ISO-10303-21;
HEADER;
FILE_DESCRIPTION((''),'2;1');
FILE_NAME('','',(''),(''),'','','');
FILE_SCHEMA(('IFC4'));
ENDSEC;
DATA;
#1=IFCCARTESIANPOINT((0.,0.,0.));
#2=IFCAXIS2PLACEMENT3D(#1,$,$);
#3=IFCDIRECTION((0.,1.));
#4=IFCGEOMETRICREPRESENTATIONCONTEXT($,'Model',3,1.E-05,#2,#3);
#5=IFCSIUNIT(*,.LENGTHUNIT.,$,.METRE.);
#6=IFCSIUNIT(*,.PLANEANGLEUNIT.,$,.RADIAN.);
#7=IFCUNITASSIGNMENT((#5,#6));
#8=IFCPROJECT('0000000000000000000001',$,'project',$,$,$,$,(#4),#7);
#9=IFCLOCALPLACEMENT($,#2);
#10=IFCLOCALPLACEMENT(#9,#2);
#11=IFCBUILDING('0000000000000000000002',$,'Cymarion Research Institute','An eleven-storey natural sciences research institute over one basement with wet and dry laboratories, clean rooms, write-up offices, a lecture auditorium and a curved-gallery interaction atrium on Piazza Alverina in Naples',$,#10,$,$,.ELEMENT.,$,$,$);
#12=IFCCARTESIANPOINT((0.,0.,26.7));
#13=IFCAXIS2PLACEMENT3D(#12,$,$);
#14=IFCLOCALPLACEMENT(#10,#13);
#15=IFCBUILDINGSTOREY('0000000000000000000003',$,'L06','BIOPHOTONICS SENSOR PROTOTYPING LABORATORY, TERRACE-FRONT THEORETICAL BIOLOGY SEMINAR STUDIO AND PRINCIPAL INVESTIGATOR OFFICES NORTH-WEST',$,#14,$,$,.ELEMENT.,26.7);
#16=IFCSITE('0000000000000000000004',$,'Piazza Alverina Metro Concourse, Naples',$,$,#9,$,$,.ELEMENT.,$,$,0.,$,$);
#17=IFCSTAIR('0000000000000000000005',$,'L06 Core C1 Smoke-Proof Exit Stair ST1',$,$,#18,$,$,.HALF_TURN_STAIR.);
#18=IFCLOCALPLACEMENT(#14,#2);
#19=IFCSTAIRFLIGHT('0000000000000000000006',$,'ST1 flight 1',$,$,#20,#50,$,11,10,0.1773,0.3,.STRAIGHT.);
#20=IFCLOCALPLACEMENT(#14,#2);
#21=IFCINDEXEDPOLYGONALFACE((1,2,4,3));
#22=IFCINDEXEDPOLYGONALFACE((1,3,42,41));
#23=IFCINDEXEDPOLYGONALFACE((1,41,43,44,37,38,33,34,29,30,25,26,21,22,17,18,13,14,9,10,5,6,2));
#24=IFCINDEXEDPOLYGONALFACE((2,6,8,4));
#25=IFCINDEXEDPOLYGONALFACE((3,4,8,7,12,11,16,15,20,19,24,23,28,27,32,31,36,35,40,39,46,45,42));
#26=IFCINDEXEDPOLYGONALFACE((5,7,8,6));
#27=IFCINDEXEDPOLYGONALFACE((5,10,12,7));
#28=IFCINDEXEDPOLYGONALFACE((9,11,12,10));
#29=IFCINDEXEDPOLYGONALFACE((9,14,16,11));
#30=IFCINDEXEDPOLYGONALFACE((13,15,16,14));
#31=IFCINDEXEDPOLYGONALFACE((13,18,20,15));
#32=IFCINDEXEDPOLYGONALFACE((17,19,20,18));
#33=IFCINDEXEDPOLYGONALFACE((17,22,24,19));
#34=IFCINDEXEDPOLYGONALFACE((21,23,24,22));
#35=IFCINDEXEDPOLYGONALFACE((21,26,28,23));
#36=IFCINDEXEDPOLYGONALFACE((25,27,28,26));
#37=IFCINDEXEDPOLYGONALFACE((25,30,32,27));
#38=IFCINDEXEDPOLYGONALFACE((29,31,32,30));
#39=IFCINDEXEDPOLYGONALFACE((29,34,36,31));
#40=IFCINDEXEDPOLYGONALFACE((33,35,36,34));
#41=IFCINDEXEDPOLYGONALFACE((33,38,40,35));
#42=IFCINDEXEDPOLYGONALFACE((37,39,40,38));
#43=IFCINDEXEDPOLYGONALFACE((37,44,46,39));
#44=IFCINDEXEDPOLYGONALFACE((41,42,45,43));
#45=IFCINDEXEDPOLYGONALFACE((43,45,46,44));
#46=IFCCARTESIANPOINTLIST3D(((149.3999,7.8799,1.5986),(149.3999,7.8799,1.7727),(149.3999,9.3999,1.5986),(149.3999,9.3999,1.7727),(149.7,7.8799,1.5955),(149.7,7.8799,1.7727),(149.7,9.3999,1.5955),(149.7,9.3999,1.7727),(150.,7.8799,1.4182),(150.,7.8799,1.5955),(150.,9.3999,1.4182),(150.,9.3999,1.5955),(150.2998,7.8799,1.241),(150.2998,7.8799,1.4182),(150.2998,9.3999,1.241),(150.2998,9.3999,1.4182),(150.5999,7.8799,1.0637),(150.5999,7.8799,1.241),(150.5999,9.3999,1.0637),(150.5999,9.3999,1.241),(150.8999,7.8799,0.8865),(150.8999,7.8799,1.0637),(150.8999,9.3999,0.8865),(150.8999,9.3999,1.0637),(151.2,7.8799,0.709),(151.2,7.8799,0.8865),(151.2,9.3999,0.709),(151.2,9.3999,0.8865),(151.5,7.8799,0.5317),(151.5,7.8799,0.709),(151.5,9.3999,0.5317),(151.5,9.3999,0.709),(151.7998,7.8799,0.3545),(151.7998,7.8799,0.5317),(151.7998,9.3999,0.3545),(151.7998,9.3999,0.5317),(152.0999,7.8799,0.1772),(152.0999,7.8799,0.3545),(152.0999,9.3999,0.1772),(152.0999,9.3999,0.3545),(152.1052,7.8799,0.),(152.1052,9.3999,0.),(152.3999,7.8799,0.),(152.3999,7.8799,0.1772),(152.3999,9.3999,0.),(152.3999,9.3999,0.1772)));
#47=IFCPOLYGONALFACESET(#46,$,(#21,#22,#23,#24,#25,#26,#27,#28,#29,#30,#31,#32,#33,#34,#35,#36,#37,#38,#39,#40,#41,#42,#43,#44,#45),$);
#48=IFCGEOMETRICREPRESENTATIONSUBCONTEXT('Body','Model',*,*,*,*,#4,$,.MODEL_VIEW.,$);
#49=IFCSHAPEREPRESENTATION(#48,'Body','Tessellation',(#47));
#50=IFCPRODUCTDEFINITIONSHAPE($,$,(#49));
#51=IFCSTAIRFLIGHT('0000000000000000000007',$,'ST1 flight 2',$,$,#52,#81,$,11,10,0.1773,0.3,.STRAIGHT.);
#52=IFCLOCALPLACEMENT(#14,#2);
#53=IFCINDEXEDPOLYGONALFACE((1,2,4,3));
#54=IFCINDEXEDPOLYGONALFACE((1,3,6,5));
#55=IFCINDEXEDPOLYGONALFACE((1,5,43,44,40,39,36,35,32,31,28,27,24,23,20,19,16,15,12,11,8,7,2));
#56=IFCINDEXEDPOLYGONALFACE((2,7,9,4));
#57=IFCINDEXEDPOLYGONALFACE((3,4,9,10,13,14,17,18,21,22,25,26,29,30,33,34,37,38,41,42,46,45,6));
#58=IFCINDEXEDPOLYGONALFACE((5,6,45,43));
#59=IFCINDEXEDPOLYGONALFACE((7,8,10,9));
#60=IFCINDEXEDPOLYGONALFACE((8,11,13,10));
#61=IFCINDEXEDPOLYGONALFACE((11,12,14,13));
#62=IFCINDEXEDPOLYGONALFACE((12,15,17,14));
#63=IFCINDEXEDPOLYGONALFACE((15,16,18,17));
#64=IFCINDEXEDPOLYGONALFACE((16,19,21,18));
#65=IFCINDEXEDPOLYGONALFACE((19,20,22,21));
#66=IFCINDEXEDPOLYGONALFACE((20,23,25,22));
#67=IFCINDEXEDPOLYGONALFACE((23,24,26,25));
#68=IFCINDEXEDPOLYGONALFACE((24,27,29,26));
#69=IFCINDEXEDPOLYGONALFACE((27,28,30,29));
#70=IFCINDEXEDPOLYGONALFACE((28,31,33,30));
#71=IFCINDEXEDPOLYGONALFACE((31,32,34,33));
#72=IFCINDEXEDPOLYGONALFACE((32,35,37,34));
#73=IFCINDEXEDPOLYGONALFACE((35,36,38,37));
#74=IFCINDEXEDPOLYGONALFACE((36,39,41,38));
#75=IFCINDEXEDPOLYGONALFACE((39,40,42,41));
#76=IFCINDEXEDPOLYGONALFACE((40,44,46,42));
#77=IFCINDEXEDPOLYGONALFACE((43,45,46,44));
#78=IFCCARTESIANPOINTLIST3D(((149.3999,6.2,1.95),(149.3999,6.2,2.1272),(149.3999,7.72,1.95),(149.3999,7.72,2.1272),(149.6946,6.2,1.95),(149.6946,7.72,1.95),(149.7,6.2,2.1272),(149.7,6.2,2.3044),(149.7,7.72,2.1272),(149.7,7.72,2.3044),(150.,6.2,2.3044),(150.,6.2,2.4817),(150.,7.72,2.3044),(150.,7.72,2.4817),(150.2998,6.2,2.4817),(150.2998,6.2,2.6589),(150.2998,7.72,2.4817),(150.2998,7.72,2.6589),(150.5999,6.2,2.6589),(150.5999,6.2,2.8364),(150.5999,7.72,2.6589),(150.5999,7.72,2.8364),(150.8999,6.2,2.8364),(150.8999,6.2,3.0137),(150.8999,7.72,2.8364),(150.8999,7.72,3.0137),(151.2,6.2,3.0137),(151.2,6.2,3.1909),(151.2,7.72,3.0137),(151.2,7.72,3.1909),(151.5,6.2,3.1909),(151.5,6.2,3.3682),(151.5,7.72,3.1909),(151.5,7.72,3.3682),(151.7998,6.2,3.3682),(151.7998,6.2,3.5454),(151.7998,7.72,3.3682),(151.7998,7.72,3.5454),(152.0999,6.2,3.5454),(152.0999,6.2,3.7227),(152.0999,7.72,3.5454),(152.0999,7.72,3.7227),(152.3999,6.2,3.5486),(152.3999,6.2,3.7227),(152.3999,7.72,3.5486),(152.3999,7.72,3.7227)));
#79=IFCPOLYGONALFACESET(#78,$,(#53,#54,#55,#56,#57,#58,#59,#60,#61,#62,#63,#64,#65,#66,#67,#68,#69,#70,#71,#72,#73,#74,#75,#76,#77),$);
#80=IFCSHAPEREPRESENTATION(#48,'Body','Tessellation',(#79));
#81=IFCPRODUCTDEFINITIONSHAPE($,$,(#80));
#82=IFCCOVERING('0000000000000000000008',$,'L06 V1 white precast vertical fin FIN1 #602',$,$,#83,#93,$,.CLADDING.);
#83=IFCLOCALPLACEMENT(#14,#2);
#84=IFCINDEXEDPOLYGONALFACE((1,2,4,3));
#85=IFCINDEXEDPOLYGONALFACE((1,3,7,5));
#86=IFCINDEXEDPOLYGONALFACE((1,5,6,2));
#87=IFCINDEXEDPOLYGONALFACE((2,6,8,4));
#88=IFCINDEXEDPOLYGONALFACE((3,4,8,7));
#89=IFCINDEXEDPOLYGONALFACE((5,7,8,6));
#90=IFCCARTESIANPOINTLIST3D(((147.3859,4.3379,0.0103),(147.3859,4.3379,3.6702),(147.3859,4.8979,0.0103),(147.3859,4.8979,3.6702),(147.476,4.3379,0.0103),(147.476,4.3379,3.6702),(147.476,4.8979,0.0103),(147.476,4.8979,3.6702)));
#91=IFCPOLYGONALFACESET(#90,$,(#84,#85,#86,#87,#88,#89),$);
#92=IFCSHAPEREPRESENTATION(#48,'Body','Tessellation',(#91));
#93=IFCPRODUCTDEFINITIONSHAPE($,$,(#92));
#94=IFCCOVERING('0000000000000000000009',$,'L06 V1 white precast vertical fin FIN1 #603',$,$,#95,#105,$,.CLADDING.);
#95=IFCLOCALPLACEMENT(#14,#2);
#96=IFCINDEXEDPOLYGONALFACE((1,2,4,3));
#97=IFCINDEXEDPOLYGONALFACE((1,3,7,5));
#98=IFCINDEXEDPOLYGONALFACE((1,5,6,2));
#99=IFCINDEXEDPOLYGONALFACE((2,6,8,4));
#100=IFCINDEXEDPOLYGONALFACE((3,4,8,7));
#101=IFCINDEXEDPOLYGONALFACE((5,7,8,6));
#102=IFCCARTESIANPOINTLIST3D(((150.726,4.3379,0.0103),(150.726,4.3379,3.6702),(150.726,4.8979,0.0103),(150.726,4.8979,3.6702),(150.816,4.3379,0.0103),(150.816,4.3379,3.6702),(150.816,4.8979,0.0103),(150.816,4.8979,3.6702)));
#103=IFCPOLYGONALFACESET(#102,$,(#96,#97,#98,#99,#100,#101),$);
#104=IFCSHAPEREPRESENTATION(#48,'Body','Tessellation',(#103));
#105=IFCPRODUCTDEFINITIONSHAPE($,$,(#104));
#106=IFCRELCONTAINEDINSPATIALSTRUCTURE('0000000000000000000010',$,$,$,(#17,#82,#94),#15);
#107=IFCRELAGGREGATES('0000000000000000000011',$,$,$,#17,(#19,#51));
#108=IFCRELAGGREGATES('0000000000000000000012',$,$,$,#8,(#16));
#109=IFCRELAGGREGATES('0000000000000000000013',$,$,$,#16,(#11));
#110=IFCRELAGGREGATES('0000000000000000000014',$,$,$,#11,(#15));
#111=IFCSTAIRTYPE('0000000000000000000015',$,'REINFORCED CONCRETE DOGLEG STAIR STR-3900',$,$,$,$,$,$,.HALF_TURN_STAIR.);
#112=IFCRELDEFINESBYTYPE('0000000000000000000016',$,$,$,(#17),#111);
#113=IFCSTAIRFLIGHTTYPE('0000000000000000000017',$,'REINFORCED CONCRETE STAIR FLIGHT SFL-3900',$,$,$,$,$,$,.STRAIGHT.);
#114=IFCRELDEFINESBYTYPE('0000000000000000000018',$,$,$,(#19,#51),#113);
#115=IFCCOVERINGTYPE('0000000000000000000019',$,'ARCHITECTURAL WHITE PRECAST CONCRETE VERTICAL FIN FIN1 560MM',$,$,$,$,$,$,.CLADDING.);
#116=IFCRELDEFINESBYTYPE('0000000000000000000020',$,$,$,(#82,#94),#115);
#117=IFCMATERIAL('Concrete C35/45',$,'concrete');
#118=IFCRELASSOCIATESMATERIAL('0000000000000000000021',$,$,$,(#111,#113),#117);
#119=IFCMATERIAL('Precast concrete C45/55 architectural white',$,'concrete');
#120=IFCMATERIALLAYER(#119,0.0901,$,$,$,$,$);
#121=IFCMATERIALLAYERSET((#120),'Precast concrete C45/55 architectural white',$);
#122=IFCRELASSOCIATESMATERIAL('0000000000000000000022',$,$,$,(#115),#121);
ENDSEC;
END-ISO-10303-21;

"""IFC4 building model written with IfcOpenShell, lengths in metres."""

from ifc_helpers import new_model, si_unit, direction, frame, origin, origin_2d, place, context, subcontext, project, spatial, polyline, rectangle, outline, extrude, material, layer, layer_set, type_object, element, aggregate, save


model = new_model("IFC4")

# Units and contexts
model_context = context("Model", 3, precision=1e-05, world=origin(), true_north=direction((0.0, 1.0)))
body_context = subcontext(model_context, "Body", "Model", "MODEL_VIEW")
ifc_project = project(units=[si_unit("LENGTHUNIT", "METRE"), si_unit("PLANEANGLEUNIT", "RADIAN")], contexts=[model_context])

# Site, building, storey
site_placement = place(None, origin())
site = spatial("IfcSite", under=ifc_project, at=site_placement, Name="Piazza Alverina Metro Concourse, Naples", CompositionType="ELEMENT", RefElevation=0.0)
building_placement = place(site_placement, origin())
building = spatial("IfcBuilding", under=site, at=building_placement, Name="Cymarion Research Institute", Description="An eleven-storey natural sciences research institute over one basement with wet and dry laboratories, clean rooms, write-up offices, a lecture auditorium and a curved-gallery interaction atrium on Piazza Alverina in Naples", CompositionType="ELEMENT")
storey_placement = place(building_placement, frame((0.0, 0.0, 26.7)))
storey = spatial("IfcBuildingStorey", under=building, at=storey_placement, Name="L06", Description="BIOPHOTONICS SENSOR PROTOTYPING LABORATORY, TERRACE-FRONT THEORETICAL BIOLOGY SEMINAR STUDIO AND PRINCIPAL INVESTIGATOR OFFICES NORTH-WEST", CompositionType="ELEMENT", Elevation=26.7)

# Stair, stair flights
ifc_material_1 = material(Name="Concrete C35/45", Category="concrete")
stair_type = type_object("IfcStairType", Name="REINFORCED CONCRETE DOGLEG STAIR STR-3900", PredefinedType="HALF_TURN_STAIR", material=ifc_material_1)
stair_placement = place(storey_placement, origin())
stair = element("IfcStair", 1, at=stair_placement, inside=storey, type_object=stair_type, Name="L06 Core C1 Smoke-Proof Exit Stair ST1", PredefinedType="HALF_TURN_STAIR")
stair_flight_type = type_object("IfcStairFlightType", Name="REINFORCED CONCRETE STAIR FLIGHT SFL-3900", PredefinedType="STRAIGHT", material=ifc_material_1)
stair_flight_1_placement = place(storey_placement, frame((152.3999, 8.6399, 0.0), z_axis=(0.0, 0.0, 1.0), x_axis=(-1.0, 0.0, 0.0)))
stair_flight_1 = element("IfcStairFlight", 2, at=stair_flight_1_placement, type_object=stair_flight_type, Name="ST1 flight 1", NumberOfRisers=11, NumberOfTreads=10, PredefinedType="STRAIGHT", RiserHeight=0.1773, TreadLength=0.3, context=body_context, shape_type="SweptSolid", body=[
    extrude(outline(polyline([(0.0, 0.0), (0.0, 0.1772), (0.3, 0.1772), (0.3, 0.3545), (0.6001, 0.3545), (0.6001, 0.5317), (0.8999, 0.5317), (0.8999, 0.709), (1.2, 0.709), (1.2, 0.8865), (1.5, 0.8865), (1.5, 1.0637), (1.8, 1.0637), (1.8, 1.241), (2.1001, 1.241), (2.1001, 1.4182), (2.3999, 1.4182), (2.3999, 1.5955), (2.7, 1.5955), (2.7, 1.7727), (3.0, 1.7727), (3.0, 1.95), (3.0, 1.5986), (0.2947, 0.0), (0.0, 0.0)])), frame((0.0, 0.76, 0.0), z_axis=(0.0, -1.0, 0.0), x_axis=(1.0, 0.0, 0.0)), (0.0, 0.0, 1.0), 1.52),
])
stair_flight_2_placement = place(storey_placement, frame((149.3999, 6.96, 1.95), z_axis=(0.0, 0.0, 1.0), x_axis=(1.0, 0.0, 0.0)))
stair_flight_2 = element("IfcStairFlight", 3, at=stair_flight_2_placement, type_object=stair_flight_type, Name="ST1 flight 2", NumberOfRisers=11, NumberOfTreads=10, PredefinedType="STRAIGHT", RiserHeight=0.1773, TreadLength=0.3, context=body_context, shape_type="SweptSolid", body=[
    extrude(outline(polyline([(0.0, 0.0), (0.0, 0.1772), (0.3, 0.1772), (0.3, 0.3545), (0.6001, 0.3545), (0.6001, 0.5317), (0.8999, 0.5317), (0.8999, 0.709), (1.2, 0.709), (1.2, 0.8865), (1.5, 0.8865), (1.5, 1.0637), (1.8, 1.0637), (1.8, 1.241), (2.1001, 1.241), (2.1001, 1.4182), (2.3999, 1.4182), (2.3999, 1.5955), (2.7, 1.5955), (2.7, 1.7727), (3.0, 1.7727), (3.0, 1.95), (3.0, 1.5986), (0.2947, 0.0), (0.0, 0.0)])), frame((0.0, 0.76, 0.0), z_axis=(0.0, -1.0, 0.0), x_axis=(1.0, 0.0, 0.0)), (0.0, 0.0, 1.0), 1.52),
])
aggregate(stair, [stair_flight_1, stair_flight_2])

# Coverings
ifc_material_2 = material(Name="Precast concrete C45/55 architectural white", Category="concrete")
ifc_layer_1 = layer(ifc_material_2, 0.0901)
ifc_layer_set_1 = layer_set([ifc_layer_1], Name="Precast concrete C45/55 architectural white")
covering_type = type_object("IfcCoveringType", Name="ARCHITECTURAL WHITE PRECAST CONCRETE VERTICAL FIN FIN1 560MM", PredefinedType="CLADDING", material=ifc_layer_set_1)
for number, where, z_axis, x_axis, name in (
    (4, (147.4309, 4.6179, 0.0103), (0.0, 0.0, 1.0), (0.0, -1.0, 0.0), "L06 V1 white precast vertical fin FIN1 #602"),
    (5, (150.771, 4.6179, 0.0103), (0.0, 0.0, 1.0), (0.0, -1.0, 0.0), "L06 V1 white precast vertical fin FIN1 #603"),
):
    element("IfcCovering", number, at=place(storey_placement, frame(where, z_axis=z_axis, x_axis=x_axis)), inside=storey, type_object=covering_type, Name=name, PredefinedType="CLADDING", context=body_context, shape_type="SweptSolid", body=[
        extrude(rectangle(XDim=0.5601, YDim=0.0901, at=origin_2d()), origin(), (0.0, 0.0, 1.0), 3.6599),
    ])

save(model, "model.ifc")
